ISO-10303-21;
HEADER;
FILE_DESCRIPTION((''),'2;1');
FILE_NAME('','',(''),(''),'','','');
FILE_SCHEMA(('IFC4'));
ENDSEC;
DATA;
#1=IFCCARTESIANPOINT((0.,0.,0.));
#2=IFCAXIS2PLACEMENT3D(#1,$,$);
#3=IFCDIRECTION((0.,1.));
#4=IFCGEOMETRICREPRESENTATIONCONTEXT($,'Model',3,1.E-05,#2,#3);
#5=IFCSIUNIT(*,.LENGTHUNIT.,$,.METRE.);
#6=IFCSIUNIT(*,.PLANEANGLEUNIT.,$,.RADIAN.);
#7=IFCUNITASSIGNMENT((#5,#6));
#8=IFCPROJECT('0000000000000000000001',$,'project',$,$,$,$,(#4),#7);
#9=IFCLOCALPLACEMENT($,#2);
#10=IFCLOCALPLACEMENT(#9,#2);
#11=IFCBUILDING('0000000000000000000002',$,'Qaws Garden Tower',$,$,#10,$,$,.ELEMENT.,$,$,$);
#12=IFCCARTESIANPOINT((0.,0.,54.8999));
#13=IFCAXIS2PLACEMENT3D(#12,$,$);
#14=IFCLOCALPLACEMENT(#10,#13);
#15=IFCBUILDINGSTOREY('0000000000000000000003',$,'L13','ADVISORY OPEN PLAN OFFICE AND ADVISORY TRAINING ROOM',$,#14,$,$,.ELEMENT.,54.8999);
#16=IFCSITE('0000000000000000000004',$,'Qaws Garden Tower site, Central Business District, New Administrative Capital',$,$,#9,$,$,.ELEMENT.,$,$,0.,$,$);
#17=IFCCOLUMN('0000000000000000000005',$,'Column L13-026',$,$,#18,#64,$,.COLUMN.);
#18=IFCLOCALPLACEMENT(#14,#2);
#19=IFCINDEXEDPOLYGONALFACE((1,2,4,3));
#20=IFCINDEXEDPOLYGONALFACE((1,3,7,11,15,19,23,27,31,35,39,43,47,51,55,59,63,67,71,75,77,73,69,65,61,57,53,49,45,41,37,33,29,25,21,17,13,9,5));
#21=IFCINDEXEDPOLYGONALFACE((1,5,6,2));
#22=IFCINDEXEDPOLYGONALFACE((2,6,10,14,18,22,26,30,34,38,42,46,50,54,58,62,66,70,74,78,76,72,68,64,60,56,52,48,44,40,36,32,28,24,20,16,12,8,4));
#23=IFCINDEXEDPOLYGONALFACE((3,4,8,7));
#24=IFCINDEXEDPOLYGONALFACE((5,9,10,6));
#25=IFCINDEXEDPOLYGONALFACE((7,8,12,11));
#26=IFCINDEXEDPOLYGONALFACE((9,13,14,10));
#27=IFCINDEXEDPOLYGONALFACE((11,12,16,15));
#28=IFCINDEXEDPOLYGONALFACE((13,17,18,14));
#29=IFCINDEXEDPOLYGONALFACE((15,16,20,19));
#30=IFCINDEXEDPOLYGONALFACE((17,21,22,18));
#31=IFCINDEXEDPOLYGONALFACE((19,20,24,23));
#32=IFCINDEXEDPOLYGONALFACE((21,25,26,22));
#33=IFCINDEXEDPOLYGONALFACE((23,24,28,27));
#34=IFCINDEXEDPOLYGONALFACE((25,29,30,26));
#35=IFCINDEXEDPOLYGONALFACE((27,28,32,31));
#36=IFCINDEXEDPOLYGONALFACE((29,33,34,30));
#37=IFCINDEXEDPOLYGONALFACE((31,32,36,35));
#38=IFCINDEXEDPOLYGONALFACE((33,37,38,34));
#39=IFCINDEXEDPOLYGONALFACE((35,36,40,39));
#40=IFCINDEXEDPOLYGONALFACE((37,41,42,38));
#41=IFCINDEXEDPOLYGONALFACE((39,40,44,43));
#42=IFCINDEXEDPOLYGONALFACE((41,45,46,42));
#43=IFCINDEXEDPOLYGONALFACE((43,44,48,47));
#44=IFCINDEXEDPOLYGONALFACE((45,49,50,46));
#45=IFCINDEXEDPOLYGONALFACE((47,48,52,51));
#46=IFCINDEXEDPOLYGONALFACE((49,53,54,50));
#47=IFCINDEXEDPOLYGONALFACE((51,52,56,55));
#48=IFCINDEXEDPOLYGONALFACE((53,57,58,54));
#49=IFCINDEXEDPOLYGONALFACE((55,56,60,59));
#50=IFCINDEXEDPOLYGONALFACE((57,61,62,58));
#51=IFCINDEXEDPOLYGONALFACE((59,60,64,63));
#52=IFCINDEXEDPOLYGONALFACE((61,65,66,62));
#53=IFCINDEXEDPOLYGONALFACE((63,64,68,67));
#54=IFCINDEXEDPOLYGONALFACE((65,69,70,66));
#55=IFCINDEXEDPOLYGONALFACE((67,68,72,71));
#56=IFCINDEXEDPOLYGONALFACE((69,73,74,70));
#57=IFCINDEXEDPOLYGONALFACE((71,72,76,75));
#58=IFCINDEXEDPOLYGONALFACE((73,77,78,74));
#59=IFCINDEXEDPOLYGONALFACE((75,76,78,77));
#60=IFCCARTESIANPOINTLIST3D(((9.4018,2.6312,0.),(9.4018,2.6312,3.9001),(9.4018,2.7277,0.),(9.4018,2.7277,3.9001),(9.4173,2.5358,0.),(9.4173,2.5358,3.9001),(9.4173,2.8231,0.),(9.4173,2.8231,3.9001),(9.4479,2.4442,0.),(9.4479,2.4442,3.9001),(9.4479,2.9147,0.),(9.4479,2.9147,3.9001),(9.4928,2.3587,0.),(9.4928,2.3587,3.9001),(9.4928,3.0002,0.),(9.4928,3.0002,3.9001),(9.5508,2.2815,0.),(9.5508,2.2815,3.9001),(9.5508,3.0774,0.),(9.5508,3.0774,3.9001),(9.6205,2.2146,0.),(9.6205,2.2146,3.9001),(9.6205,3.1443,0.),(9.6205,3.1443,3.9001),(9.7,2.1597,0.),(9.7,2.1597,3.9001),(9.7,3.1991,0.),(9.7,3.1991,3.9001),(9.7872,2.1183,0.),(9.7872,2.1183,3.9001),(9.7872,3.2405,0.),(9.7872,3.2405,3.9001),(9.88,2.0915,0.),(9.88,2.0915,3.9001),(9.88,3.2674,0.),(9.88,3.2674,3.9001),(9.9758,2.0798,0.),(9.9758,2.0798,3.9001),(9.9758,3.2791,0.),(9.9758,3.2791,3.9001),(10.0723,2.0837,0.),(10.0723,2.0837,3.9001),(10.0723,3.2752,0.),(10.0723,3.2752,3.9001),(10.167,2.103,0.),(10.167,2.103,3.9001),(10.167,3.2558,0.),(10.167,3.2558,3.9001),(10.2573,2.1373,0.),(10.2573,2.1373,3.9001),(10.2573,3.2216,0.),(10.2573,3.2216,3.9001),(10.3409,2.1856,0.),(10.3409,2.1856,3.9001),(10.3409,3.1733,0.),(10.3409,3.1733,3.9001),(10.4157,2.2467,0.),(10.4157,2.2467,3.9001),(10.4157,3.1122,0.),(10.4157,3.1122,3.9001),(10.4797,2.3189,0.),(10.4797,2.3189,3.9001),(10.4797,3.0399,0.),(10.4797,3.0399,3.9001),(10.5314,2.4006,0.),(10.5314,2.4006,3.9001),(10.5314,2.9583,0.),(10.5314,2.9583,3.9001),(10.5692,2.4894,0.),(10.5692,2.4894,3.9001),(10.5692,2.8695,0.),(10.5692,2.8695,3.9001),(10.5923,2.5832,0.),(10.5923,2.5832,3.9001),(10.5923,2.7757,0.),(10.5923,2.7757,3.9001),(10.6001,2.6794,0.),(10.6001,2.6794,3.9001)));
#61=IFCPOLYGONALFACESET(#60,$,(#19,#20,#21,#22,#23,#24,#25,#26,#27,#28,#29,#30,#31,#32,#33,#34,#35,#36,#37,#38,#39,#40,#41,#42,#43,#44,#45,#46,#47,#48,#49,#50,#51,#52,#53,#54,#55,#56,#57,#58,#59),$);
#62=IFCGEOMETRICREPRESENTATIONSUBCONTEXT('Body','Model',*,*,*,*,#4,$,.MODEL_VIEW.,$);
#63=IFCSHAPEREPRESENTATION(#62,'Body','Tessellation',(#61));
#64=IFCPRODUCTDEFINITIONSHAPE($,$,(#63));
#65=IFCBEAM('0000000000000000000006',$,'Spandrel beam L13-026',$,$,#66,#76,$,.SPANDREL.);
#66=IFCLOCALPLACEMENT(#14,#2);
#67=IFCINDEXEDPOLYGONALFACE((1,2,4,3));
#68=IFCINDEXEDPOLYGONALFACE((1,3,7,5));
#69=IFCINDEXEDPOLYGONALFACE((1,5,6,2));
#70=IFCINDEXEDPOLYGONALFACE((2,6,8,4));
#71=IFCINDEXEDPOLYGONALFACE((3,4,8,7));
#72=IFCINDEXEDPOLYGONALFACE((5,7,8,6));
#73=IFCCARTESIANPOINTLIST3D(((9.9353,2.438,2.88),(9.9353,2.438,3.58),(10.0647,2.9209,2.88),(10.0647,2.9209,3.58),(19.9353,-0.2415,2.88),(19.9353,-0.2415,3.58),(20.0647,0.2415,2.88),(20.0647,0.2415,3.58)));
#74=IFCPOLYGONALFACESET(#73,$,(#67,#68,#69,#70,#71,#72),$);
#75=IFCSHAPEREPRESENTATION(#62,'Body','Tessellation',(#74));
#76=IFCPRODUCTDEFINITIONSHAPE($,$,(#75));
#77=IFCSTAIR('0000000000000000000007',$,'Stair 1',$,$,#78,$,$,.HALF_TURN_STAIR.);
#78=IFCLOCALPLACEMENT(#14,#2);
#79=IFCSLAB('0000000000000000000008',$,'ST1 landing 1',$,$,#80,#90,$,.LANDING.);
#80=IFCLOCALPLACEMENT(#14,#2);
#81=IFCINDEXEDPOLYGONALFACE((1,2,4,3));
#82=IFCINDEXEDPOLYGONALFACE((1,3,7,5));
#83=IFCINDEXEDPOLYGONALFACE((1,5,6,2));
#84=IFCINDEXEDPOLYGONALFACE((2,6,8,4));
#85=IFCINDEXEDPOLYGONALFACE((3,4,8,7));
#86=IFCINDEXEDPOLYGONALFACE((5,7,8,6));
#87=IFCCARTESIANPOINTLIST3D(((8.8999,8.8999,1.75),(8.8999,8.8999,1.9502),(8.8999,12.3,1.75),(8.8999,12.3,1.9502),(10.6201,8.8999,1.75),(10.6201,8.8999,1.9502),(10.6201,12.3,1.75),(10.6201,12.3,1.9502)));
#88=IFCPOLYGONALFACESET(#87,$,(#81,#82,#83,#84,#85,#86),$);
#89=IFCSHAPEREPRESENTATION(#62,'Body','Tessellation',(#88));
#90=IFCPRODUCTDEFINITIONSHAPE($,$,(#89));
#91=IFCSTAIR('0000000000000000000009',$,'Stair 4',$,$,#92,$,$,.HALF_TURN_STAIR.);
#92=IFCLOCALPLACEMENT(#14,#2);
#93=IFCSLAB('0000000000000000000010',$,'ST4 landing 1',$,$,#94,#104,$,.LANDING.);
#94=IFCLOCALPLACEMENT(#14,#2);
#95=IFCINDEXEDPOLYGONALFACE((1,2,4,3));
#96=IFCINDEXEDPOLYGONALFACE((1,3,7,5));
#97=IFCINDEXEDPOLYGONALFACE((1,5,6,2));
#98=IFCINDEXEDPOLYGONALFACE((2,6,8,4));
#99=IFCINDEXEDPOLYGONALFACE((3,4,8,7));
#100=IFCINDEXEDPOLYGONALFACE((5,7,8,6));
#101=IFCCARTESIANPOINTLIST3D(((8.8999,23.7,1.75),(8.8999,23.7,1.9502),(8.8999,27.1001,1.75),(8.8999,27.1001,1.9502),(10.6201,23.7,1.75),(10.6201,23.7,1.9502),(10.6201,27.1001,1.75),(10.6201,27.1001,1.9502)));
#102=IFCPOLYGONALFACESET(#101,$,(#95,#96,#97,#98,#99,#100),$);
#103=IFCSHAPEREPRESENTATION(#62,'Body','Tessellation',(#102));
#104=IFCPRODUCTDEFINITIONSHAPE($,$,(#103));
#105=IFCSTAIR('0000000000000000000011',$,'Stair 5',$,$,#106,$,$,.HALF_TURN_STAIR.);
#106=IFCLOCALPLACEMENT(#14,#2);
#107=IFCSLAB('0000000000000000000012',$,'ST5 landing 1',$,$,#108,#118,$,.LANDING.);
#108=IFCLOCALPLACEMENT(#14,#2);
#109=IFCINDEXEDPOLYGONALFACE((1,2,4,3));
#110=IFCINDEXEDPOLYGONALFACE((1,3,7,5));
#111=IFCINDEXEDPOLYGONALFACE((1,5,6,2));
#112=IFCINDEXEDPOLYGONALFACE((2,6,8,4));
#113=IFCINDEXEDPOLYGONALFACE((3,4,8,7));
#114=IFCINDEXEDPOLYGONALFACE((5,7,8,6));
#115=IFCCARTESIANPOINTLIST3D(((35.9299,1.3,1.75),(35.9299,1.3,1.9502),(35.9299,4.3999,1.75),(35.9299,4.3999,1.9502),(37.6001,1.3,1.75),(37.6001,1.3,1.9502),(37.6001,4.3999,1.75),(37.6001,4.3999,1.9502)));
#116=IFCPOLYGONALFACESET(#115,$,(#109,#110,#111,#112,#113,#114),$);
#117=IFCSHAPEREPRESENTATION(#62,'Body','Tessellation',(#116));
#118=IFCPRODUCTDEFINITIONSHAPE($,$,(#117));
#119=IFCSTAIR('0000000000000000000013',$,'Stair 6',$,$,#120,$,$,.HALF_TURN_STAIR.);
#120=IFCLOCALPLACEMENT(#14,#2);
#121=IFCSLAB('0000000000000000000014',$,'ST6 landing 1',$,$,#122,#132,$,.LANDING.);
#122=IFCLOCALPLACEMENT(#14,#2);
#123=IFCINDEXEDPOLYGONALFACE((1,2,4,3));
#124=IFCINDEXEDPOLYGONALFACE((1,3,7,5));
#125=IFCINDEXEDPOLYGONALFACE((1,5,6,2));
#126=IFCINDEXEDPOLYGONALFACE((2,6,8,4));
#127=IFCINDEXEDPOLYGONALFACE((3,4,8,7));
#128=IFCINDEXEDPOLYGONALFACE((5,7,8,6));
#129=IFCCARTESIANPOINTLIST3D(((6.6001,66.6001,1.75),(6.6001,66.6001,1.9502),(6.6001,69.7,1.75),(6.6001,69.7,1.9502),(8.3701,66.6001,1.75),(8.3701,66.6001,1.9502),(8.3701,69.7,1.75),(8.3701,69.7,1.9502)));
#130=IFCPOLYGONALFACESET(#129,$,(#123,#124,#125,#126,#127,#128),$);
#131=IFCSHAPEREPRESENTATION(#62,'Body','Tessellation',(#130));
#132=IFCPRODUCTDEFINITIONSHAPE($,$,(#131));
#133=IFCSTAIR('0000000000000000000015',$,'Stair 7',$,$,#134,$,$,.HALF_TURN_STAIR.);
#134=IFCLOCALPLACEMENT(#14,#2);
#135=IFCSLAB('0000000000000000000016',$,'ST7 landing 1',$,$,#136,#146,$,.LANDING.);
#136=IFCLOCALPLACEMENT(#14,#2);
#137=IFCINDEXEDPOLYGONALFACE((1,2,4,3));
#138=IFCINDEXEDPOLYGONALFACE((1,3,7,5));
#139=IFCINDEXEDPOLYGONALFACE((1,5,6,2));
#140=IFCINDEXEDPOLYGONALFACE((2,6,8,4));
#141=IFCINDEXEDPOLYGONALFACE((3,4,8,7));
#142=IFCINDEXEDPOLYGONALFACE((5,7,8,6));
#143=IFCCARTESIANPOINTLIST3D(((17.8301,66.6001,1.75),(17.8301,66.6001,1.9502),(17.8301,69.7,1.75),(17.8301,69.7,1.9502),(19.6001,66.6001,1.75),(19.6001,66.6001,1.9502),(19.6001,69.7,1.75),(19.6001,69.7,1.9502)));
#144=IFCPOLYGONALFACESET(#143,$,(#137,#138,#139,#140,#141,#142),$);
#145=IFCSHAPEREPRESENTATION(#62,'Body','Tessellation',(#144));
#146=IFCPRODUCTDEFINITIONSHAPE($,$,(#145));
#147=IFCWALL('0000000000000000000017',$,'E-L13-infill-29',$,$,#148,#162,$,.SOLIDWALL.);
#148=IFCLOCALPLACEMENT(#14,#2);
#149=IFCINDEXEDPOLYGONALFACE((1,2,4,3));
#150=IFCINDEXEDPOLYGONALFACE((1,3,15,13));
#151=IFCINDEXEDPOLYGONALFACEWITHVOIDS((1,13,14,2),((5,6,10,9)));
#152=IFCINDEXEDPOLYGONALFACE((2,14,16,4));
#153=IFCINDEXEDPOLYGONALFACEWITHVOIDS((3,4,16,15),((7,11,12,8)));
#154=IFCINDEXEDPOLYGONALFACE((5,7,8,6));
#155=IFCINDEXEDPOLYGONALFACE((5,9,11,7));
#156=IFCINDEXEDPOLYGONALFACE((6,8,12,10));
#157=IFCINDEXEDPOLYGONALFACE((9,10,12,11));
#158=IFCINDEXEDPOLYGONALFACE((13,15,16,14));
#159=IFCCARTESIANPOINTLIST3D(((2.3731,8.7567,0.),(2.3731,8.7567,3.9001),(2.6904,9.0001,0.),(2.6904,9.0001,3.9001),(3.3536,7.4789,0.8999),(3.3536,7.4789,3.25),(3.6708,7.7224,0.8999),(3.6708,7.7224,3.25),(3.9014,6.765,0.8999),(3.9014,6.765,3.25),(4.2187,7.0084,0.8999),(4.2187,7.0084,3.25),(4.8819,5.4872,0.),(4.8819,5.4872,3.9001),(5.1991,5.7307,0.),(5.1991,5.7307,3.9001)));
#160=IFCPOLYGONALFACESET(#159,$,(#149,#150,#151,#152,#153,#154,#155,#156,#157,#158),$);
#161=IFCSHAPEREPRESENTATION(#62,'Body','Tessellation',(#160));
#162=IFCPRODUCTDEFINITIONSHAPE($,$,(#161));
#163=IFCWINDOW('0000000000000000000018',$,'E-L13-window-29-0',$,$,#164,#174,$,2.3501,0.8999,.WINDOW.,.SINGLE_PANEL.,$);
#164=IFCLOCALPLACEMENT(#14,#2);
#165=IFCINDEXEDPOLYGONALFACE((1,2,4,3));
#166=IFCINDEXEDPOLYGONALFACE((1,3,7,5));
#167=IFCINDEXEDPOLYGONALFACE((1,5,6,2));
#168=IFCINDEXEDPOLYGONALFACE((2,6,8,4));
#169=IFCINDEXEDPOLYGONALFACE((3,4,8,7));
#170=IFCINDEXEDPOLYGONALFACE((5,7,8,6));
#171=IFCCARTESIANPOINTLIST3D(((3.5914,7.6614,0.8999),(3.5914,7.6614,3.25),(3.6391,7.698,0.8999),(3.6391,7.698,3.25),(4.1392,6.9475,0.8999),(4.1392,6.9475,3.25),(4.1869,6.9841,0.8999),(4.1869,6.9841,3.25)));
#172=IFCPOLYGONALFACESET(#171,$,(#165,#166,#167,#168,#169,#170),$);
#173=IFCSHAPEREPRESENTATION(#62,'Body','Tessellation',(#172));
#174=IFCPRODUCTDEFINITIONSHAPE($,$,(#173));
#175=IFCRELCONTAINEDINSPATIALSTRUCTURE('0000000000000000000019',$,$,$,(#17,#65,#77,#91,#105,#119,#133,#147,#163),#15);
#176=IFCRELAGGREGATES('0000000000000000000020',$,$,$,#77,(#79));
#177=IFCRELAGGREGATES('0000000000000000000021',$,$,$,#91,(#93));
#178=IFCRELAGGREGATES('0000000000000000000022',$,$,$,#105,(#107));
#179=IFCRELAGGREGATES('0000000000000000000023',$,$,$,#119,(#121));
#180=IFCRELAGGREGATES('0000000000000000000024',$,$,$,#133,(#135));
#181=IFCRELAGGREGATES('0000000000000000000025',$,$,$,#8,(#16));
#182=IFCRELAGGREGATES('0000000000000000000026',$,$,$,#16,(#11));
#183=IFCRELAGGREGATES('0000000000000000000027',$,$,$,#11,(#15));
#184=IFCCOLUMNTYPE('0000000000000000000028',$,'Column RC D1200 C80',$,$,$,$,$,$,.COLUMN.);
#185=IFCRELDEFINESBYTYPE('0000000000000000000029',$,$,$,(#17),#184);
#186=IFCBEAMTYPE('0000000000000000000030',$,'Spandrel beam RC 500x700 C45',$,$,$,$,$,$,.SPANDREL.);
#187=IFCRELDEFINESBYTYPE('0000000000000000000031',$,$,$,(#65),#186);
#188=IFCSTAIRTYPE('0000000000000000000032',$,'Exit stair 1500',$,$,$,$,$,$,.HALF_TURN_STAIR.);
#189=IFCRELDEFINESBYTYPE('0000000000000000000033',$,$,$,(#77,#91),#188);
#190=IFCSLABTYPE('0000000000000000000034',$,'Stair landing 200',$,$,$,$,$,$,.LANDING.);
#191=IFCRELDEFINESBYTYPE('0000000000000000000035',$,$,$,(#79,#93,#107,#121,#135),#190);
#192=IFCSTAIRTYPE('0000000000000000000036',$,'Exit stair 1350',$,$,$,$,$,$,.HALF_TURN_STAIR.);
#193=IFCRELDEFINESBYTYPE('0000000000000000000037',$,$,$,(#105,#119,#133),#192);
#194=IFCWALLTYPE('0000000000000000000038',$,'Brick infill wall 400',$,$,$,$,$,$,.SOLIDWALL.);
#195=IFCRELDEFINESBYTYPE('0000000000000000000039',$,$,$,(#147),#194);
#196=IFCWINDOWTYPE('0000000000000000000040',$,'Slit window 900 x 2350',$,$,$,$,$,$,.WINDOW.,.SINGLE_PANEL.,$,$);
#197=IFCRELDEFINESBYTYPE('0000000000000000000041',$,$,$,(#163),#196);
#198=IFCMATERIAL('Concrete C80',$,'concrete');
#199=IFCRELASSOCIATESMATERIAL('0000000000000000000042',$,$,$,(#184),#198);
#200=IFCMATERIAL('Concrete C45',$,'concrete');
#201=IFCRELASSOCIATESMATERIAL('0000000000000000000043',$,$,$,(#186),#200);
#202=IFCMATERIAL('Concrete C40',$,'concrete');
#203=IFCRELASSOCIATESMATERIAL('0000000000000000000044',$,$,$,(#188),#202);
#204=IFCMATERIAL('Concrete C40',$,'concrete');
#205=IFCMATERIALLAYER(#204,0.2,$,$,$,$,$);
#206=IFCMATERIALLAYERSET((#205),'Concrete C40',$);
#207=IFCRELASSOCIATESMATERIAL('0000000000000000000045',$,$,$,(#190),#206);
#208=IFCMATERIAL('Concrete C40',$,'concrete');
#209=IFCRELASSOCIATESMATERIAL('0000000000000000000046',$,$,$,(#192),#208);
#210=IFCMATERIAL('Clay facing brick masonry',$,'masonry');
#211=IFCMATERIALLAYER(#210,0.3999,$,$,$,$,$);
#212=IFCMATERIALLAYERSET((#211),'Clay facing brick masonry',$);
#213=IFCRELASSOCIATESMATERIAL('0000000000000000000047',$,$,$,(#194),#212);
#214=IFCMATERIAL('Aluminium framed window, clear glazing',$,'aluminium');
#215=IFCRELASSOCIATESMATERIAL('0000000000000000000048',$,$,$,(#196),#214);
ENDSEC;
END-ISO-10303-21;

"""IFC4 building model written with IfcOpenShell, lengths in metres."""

from ifc_helpers import new_model, si_unit, direction, frame, frame_2d, origin, origin_2d, place, context, subcontext, project, spatial, polyline, rectangle, circle, outline, extrude, material, layer, layer_set, material_profile, profile_set, type_object, element, fill, aggregate, save


model = new_model("IFC4")

# Units and contexts
model_context = context("Model", 3, precision=1e-05, world=origin(), true_north=direction((0.0, 1.0)))
body_context = subcontext(model_context, "Body", "Model", "MODEL_VIEW")
ifc_project = project(units=[si_unit("LENGTHUNIT", "METRE"), si_unit("PLANEANGLEUNIT", "RADIAN")], contexts=[model_context])

# Site, building, storey
site_placement = place(None, origin())
site = spatial("IfcSite", under=ifc_project, at=site_placement, Name="Qaws Garden Tower site, Central Business District, New Administrative Capital", CompositionType="ELEMENT", RefElevation=0.0)
building_placement = place(site_placement, origin())
building = spatial("IfcBuilding", under=site, at=building_placement, Name="Qaws Garden Tower", CompositionType="ELEMENT")
storey_placement = place(building_placement, frame((0.0, 0.0, 54.8999)))
storey = spatial("IfcBuildingStorey", under=building, at=storey_placement, Name="L13", Description="ADVISORY OPEN PLAN OFFICE AND ADVISORY TRAINING ROOM", CompositionType="ELEMENT", Elevation=54.8999)

# Column
ifc_material_1 = material(Name="Concrete C80", Category="concrete")
ifc_material_profile_1 = material_profile(ifc_material_1, circle(Radius=0.6001, at=origin_2d()), Name="RC D1200")
ifc_profile_set_1 = profile_set([ifc_material_profile_1], Name="Concrete C80")
column_type = type_object("IfcColumnType", Name="Column RC D1200 C80", PredefinedType="COLUMN", material=ifc_profile_set_1)
column_placement = place(storey_placement, frame((10.0, 2.6794, 0.0), z_axis=(0.0, 0.0, 1.0), x_axis=(1.0, 0.0, 0.0)))
element("IfcColumn", 1, at=column_placement, inside=storey, type_object=column_type, Name="Column L13-026", PredefinedType="COLUMN", context=body_context, shape_type="SweptSolid", body=[
    extrude(circle(Radius=0.6001, at=origin_2d()), origin(), (0.0, 0.0, 1.0), 3.9001),
])

# Beam
ifc_material_2 = material(Name="Concrete C45", Category="concrete")
ifc_material_profile_2 = material_profile(ifc_material_2, rectangle(XDim=0.5, YDim=0.7, at=origin_2d()), Name="RC 500x700")
ifc_profile_set_2 = profile_set([ifc_material_profile_2], Name="Concrete C45")
beam_type = type_object("IfcBeamType", Name="Spandrel beam RC 500x700 C45", PredefinedType="SPANDREL", material=ifc_profile_set_2)
beam_placement = place(storey_placement, frame((10.0, 2.6794, 3.23), z_axis=(0.965927, -0.258815, 0.0), x_axis=(0.258815, 0.965927, 0.0)))
element("IfcBeam", 2, at=beam_placement, inside=storey, type_object=beam_type, Name="Spandrel beam L13-026", PredefinedType="SPANDREL", context=body_context, shape_type="SweptSolid", body=[
    extrude(rectangle(XDim=0.5, YDim=0.7, at=origin_2d()), origin(), (0.0, 0.0, 1.0), 10.3528),
])

# Stairs, slabs
ifc_material_3 = material(Name="Concrete C40", Category="concrete")
stair_type_1 = type_object("IfcStairType", Name="Exit stair 1500", PredefinedType="HALF_TURN_STAIR", material=ifc_material_3)
placement_1 = place(storey_placement, origin())
stair_1 = element("IfcStair", 3, at=placement_1, inside=storey, type_object=stair_type_1, Name="Stair 1", PredefinedType="HALF_TURN_STAIR")
ifc_material_4 = material(Name="Concrete C40", Category="concrete")
ifc_layer_1 = layer(ifc_material_4, 0.2)
ifc_layer_set_1 = layer_set([ifc_layer_1], Name="Concrete C40")
slab_type = type_object("IfcSlabType", Name="Stair landing 200", PredefinedType="LANDING", material=ifc_layer_set_1)
placement_2 = place(storey_placement, frame((0.0, 0.0, 1.75)))
slab_1 = element("IfcSlab", 4, at=placement_2, type_object=slab_type, Name="ST1 landing 1", PredefinedType="LANDING", context=body_context, shape_type="SweptSolid", body=[
    extrude(outline(polyline([(8.8999, 8.8999), (10.6201, 8.8999), (10.6201, 12.3), (8.8999, 12.3), (8.8999, 8.8999)])), origin(), (0.0, 0.0, 1.0), 0.2002),
])
aggregate(stair_1, [slab_1])
stair_2 = element("IfcStair", 5, at=placement_1, inside=storey, type_object=stair_type_1, Name="Stair 4", PredefinedType="HALF_TURN_STAIR")
slab_2 = element("IfcSlab", 6, at=placement_2, type_object=slab_type, Name="ST4 landing 1", PredefinedType="LANDING", context=body_context, shape_type="SweptSolid", body=[
    extrude(outline(polyline([(8.8999, 23.7), (10.6201, 23.7), (10.6201, 27.1001), (8.8999, 27.1001), (8.8999, 23.7)])), origin(), (0.0, 0.0, 1.0), 0.2002),
])
aggregate(stair_2, [slab_2])
ifc_material_5 = material(Name="Concrete C40", Category="concrete")
stair_type_2 = type_object("IfcStairType", Name="Exit stair 1350", PredefinedType="HALF_TURN_STAIR", material=ifc_material_5)
stair_3 = element("IfcStair", 7, at=placement_1, inside=storey, type_object=stair_type_2, Name="Stair 5", PredefinedType="HALF_TURN_STAIR")
slab_3 = element("IfcSlab", 8, at=placement_2, type_object=slab_type, Name="ST5 landing 1", PredefinedType="LANDING", context=body_context, shape_type="SweptSolid", body=[
    extrude(outline(polyline([(35.9299, 1.3), (37.6001, 1.3), (37.6001, 4.3999), (35.9299, 4.3999), (35.9299, 1.3)])), origin(), (0.0, 0.0, 1.0), 0.2002),
])
aggregate(stair_3, [slab_3])
stair_4 = element("IfcStair", 9, at=placement_1, inside=storey, type_object=stair_type_2, Name="Stair 6", PredefinedType="HALF_TURN_STAIR")
slab_4 = element("IfcSlab", 10, at=placement_2, type_object=slab_type, Name="ST6 landing 1", PredefinedType="LANDING", context=body_context, shape_type="SweptSolid", body=[
    extrude(outline(polyline([(6.6001, 66.6001), (8.3701, 66.6001), (8.3701, 69.7), (6.6001, 69.7), (6.6001, 66.6001)])), origin(), (0.0, 0.0, 1.0), 0.2002),
])
aggregate(stair_4, [slab_4])
stair_5 = element("IfcStair", 11, at=placement_1, inside=storey, type_object=stair_type_2, Name="Stair 7", PredefinedType="HALF_TURN_STAIR")
slab_5 = element("IfcSlab", 12, at=placement_2, type_object=slab_type, Name="ST7 landing 1", PredefinedType="LANDING", context=body_context, shape_type="SweptSolid", body=[
    extrude(outline(polyline([(17.8301, 66.6001), (19.6001, 66.6001), (19.6001, 69.7), (17.8301, 69.7), (17.8301, 66.6001)])), origin(), (0.0, 0.0, 1.0), 0.2002),
])
aggregate(stair_5, [slab_5])

# Wall, opening, window
ifc_material_6 = material(Name="Clay facing brick masonry", Category="masonry")
ifc_layer_2 = layer(ifc_material_6, 0.3999)
ifc_layer_set_2 = layer_set([ifc_layer_2], Name="Clay facing brick masonry")
wall_type_1 = type_object("IfcWallType", Name="Brick infill wall 400", PredefinedType="SOLIDWALL", material=ifc_layer_set_2)
wall_1_placement = place(storey_placement, frame((2.5317, 8.8784, 0.0), z_axis=(0.0, 0.0, 1.0), x_axis=(0.60876, -0.793355, 0.0)))
wall_1 = element("IfcWall", 13, at=wall_1_placement, inside=storey, type_object=wall_type_1, Name="E-L13-infill-29", PredefinedType="SOLIDWALL", context=body_context, shape_type="SweptSolid", body=[
    extrude(rectangle(XDim=4.1211, YDim=0.3999, at=frame_2d((2.0605, 0.0))), origin(), (0.0, 0.0, 1.0), 3.9001),
])
opening_1_placement = place(wall_1_placement, frame((1.6106, 0.0, 0.8999)))
opening_1 = element("IfcOpeningElement", 14, at=opening_1_placement, cuts=wall_1, PredefinedType="OPENING", context=body_context, shape_type="SweptSolid", body=[
    extrude(rectangle(XDim=0.8999, YDim=2.3501, at=frame_2d((0.45, 1.175))), frame((0.0, 0.21, 0.0), z_axis=(0.0, -1.0, 0.0), x_axis=(1.0, 0.0, 0.0)), (0.0, 0.0, 1.0), 0.4199),
])
ifc_material_7 = material(Name="Aluminium framed window, clear glazing", Category="aluminium")
window_type = type_object("IfcWindowType", Name="Slit window 900 x 2350", PartitioningType="SINGLE_PANEL", PredefinedType="WINDOW", material=ifc_material_7)
window_1_placement = place(opening_1_placement, origin())
window_1 = element("IfcWindow", 15, at=window_1_placement, inside=storey, type_object=window_type, Name="E-L13-window-29-0", OverallHeight=2.3501, OverallWidth=0.8999, PartitioningType="SINGLE_PANEL", PredefinedType="WINDOW", context=body_context, shape_type="SweptSolid", body=[
    extrude(rectangle(XDim=0.8999, YDim=2.3501, at=frame_2d((0.45, 1.175))), frame((0.0, 0.1599, 0.0), z_axis=(0.0, -1.0, 0.0), x_axis=(1.0, 0.0, 0.0)), (0.0, 0.0, 1.0), 0.0601),
])
fill(opening_1, window_1)

save(model, "model.ifc")
